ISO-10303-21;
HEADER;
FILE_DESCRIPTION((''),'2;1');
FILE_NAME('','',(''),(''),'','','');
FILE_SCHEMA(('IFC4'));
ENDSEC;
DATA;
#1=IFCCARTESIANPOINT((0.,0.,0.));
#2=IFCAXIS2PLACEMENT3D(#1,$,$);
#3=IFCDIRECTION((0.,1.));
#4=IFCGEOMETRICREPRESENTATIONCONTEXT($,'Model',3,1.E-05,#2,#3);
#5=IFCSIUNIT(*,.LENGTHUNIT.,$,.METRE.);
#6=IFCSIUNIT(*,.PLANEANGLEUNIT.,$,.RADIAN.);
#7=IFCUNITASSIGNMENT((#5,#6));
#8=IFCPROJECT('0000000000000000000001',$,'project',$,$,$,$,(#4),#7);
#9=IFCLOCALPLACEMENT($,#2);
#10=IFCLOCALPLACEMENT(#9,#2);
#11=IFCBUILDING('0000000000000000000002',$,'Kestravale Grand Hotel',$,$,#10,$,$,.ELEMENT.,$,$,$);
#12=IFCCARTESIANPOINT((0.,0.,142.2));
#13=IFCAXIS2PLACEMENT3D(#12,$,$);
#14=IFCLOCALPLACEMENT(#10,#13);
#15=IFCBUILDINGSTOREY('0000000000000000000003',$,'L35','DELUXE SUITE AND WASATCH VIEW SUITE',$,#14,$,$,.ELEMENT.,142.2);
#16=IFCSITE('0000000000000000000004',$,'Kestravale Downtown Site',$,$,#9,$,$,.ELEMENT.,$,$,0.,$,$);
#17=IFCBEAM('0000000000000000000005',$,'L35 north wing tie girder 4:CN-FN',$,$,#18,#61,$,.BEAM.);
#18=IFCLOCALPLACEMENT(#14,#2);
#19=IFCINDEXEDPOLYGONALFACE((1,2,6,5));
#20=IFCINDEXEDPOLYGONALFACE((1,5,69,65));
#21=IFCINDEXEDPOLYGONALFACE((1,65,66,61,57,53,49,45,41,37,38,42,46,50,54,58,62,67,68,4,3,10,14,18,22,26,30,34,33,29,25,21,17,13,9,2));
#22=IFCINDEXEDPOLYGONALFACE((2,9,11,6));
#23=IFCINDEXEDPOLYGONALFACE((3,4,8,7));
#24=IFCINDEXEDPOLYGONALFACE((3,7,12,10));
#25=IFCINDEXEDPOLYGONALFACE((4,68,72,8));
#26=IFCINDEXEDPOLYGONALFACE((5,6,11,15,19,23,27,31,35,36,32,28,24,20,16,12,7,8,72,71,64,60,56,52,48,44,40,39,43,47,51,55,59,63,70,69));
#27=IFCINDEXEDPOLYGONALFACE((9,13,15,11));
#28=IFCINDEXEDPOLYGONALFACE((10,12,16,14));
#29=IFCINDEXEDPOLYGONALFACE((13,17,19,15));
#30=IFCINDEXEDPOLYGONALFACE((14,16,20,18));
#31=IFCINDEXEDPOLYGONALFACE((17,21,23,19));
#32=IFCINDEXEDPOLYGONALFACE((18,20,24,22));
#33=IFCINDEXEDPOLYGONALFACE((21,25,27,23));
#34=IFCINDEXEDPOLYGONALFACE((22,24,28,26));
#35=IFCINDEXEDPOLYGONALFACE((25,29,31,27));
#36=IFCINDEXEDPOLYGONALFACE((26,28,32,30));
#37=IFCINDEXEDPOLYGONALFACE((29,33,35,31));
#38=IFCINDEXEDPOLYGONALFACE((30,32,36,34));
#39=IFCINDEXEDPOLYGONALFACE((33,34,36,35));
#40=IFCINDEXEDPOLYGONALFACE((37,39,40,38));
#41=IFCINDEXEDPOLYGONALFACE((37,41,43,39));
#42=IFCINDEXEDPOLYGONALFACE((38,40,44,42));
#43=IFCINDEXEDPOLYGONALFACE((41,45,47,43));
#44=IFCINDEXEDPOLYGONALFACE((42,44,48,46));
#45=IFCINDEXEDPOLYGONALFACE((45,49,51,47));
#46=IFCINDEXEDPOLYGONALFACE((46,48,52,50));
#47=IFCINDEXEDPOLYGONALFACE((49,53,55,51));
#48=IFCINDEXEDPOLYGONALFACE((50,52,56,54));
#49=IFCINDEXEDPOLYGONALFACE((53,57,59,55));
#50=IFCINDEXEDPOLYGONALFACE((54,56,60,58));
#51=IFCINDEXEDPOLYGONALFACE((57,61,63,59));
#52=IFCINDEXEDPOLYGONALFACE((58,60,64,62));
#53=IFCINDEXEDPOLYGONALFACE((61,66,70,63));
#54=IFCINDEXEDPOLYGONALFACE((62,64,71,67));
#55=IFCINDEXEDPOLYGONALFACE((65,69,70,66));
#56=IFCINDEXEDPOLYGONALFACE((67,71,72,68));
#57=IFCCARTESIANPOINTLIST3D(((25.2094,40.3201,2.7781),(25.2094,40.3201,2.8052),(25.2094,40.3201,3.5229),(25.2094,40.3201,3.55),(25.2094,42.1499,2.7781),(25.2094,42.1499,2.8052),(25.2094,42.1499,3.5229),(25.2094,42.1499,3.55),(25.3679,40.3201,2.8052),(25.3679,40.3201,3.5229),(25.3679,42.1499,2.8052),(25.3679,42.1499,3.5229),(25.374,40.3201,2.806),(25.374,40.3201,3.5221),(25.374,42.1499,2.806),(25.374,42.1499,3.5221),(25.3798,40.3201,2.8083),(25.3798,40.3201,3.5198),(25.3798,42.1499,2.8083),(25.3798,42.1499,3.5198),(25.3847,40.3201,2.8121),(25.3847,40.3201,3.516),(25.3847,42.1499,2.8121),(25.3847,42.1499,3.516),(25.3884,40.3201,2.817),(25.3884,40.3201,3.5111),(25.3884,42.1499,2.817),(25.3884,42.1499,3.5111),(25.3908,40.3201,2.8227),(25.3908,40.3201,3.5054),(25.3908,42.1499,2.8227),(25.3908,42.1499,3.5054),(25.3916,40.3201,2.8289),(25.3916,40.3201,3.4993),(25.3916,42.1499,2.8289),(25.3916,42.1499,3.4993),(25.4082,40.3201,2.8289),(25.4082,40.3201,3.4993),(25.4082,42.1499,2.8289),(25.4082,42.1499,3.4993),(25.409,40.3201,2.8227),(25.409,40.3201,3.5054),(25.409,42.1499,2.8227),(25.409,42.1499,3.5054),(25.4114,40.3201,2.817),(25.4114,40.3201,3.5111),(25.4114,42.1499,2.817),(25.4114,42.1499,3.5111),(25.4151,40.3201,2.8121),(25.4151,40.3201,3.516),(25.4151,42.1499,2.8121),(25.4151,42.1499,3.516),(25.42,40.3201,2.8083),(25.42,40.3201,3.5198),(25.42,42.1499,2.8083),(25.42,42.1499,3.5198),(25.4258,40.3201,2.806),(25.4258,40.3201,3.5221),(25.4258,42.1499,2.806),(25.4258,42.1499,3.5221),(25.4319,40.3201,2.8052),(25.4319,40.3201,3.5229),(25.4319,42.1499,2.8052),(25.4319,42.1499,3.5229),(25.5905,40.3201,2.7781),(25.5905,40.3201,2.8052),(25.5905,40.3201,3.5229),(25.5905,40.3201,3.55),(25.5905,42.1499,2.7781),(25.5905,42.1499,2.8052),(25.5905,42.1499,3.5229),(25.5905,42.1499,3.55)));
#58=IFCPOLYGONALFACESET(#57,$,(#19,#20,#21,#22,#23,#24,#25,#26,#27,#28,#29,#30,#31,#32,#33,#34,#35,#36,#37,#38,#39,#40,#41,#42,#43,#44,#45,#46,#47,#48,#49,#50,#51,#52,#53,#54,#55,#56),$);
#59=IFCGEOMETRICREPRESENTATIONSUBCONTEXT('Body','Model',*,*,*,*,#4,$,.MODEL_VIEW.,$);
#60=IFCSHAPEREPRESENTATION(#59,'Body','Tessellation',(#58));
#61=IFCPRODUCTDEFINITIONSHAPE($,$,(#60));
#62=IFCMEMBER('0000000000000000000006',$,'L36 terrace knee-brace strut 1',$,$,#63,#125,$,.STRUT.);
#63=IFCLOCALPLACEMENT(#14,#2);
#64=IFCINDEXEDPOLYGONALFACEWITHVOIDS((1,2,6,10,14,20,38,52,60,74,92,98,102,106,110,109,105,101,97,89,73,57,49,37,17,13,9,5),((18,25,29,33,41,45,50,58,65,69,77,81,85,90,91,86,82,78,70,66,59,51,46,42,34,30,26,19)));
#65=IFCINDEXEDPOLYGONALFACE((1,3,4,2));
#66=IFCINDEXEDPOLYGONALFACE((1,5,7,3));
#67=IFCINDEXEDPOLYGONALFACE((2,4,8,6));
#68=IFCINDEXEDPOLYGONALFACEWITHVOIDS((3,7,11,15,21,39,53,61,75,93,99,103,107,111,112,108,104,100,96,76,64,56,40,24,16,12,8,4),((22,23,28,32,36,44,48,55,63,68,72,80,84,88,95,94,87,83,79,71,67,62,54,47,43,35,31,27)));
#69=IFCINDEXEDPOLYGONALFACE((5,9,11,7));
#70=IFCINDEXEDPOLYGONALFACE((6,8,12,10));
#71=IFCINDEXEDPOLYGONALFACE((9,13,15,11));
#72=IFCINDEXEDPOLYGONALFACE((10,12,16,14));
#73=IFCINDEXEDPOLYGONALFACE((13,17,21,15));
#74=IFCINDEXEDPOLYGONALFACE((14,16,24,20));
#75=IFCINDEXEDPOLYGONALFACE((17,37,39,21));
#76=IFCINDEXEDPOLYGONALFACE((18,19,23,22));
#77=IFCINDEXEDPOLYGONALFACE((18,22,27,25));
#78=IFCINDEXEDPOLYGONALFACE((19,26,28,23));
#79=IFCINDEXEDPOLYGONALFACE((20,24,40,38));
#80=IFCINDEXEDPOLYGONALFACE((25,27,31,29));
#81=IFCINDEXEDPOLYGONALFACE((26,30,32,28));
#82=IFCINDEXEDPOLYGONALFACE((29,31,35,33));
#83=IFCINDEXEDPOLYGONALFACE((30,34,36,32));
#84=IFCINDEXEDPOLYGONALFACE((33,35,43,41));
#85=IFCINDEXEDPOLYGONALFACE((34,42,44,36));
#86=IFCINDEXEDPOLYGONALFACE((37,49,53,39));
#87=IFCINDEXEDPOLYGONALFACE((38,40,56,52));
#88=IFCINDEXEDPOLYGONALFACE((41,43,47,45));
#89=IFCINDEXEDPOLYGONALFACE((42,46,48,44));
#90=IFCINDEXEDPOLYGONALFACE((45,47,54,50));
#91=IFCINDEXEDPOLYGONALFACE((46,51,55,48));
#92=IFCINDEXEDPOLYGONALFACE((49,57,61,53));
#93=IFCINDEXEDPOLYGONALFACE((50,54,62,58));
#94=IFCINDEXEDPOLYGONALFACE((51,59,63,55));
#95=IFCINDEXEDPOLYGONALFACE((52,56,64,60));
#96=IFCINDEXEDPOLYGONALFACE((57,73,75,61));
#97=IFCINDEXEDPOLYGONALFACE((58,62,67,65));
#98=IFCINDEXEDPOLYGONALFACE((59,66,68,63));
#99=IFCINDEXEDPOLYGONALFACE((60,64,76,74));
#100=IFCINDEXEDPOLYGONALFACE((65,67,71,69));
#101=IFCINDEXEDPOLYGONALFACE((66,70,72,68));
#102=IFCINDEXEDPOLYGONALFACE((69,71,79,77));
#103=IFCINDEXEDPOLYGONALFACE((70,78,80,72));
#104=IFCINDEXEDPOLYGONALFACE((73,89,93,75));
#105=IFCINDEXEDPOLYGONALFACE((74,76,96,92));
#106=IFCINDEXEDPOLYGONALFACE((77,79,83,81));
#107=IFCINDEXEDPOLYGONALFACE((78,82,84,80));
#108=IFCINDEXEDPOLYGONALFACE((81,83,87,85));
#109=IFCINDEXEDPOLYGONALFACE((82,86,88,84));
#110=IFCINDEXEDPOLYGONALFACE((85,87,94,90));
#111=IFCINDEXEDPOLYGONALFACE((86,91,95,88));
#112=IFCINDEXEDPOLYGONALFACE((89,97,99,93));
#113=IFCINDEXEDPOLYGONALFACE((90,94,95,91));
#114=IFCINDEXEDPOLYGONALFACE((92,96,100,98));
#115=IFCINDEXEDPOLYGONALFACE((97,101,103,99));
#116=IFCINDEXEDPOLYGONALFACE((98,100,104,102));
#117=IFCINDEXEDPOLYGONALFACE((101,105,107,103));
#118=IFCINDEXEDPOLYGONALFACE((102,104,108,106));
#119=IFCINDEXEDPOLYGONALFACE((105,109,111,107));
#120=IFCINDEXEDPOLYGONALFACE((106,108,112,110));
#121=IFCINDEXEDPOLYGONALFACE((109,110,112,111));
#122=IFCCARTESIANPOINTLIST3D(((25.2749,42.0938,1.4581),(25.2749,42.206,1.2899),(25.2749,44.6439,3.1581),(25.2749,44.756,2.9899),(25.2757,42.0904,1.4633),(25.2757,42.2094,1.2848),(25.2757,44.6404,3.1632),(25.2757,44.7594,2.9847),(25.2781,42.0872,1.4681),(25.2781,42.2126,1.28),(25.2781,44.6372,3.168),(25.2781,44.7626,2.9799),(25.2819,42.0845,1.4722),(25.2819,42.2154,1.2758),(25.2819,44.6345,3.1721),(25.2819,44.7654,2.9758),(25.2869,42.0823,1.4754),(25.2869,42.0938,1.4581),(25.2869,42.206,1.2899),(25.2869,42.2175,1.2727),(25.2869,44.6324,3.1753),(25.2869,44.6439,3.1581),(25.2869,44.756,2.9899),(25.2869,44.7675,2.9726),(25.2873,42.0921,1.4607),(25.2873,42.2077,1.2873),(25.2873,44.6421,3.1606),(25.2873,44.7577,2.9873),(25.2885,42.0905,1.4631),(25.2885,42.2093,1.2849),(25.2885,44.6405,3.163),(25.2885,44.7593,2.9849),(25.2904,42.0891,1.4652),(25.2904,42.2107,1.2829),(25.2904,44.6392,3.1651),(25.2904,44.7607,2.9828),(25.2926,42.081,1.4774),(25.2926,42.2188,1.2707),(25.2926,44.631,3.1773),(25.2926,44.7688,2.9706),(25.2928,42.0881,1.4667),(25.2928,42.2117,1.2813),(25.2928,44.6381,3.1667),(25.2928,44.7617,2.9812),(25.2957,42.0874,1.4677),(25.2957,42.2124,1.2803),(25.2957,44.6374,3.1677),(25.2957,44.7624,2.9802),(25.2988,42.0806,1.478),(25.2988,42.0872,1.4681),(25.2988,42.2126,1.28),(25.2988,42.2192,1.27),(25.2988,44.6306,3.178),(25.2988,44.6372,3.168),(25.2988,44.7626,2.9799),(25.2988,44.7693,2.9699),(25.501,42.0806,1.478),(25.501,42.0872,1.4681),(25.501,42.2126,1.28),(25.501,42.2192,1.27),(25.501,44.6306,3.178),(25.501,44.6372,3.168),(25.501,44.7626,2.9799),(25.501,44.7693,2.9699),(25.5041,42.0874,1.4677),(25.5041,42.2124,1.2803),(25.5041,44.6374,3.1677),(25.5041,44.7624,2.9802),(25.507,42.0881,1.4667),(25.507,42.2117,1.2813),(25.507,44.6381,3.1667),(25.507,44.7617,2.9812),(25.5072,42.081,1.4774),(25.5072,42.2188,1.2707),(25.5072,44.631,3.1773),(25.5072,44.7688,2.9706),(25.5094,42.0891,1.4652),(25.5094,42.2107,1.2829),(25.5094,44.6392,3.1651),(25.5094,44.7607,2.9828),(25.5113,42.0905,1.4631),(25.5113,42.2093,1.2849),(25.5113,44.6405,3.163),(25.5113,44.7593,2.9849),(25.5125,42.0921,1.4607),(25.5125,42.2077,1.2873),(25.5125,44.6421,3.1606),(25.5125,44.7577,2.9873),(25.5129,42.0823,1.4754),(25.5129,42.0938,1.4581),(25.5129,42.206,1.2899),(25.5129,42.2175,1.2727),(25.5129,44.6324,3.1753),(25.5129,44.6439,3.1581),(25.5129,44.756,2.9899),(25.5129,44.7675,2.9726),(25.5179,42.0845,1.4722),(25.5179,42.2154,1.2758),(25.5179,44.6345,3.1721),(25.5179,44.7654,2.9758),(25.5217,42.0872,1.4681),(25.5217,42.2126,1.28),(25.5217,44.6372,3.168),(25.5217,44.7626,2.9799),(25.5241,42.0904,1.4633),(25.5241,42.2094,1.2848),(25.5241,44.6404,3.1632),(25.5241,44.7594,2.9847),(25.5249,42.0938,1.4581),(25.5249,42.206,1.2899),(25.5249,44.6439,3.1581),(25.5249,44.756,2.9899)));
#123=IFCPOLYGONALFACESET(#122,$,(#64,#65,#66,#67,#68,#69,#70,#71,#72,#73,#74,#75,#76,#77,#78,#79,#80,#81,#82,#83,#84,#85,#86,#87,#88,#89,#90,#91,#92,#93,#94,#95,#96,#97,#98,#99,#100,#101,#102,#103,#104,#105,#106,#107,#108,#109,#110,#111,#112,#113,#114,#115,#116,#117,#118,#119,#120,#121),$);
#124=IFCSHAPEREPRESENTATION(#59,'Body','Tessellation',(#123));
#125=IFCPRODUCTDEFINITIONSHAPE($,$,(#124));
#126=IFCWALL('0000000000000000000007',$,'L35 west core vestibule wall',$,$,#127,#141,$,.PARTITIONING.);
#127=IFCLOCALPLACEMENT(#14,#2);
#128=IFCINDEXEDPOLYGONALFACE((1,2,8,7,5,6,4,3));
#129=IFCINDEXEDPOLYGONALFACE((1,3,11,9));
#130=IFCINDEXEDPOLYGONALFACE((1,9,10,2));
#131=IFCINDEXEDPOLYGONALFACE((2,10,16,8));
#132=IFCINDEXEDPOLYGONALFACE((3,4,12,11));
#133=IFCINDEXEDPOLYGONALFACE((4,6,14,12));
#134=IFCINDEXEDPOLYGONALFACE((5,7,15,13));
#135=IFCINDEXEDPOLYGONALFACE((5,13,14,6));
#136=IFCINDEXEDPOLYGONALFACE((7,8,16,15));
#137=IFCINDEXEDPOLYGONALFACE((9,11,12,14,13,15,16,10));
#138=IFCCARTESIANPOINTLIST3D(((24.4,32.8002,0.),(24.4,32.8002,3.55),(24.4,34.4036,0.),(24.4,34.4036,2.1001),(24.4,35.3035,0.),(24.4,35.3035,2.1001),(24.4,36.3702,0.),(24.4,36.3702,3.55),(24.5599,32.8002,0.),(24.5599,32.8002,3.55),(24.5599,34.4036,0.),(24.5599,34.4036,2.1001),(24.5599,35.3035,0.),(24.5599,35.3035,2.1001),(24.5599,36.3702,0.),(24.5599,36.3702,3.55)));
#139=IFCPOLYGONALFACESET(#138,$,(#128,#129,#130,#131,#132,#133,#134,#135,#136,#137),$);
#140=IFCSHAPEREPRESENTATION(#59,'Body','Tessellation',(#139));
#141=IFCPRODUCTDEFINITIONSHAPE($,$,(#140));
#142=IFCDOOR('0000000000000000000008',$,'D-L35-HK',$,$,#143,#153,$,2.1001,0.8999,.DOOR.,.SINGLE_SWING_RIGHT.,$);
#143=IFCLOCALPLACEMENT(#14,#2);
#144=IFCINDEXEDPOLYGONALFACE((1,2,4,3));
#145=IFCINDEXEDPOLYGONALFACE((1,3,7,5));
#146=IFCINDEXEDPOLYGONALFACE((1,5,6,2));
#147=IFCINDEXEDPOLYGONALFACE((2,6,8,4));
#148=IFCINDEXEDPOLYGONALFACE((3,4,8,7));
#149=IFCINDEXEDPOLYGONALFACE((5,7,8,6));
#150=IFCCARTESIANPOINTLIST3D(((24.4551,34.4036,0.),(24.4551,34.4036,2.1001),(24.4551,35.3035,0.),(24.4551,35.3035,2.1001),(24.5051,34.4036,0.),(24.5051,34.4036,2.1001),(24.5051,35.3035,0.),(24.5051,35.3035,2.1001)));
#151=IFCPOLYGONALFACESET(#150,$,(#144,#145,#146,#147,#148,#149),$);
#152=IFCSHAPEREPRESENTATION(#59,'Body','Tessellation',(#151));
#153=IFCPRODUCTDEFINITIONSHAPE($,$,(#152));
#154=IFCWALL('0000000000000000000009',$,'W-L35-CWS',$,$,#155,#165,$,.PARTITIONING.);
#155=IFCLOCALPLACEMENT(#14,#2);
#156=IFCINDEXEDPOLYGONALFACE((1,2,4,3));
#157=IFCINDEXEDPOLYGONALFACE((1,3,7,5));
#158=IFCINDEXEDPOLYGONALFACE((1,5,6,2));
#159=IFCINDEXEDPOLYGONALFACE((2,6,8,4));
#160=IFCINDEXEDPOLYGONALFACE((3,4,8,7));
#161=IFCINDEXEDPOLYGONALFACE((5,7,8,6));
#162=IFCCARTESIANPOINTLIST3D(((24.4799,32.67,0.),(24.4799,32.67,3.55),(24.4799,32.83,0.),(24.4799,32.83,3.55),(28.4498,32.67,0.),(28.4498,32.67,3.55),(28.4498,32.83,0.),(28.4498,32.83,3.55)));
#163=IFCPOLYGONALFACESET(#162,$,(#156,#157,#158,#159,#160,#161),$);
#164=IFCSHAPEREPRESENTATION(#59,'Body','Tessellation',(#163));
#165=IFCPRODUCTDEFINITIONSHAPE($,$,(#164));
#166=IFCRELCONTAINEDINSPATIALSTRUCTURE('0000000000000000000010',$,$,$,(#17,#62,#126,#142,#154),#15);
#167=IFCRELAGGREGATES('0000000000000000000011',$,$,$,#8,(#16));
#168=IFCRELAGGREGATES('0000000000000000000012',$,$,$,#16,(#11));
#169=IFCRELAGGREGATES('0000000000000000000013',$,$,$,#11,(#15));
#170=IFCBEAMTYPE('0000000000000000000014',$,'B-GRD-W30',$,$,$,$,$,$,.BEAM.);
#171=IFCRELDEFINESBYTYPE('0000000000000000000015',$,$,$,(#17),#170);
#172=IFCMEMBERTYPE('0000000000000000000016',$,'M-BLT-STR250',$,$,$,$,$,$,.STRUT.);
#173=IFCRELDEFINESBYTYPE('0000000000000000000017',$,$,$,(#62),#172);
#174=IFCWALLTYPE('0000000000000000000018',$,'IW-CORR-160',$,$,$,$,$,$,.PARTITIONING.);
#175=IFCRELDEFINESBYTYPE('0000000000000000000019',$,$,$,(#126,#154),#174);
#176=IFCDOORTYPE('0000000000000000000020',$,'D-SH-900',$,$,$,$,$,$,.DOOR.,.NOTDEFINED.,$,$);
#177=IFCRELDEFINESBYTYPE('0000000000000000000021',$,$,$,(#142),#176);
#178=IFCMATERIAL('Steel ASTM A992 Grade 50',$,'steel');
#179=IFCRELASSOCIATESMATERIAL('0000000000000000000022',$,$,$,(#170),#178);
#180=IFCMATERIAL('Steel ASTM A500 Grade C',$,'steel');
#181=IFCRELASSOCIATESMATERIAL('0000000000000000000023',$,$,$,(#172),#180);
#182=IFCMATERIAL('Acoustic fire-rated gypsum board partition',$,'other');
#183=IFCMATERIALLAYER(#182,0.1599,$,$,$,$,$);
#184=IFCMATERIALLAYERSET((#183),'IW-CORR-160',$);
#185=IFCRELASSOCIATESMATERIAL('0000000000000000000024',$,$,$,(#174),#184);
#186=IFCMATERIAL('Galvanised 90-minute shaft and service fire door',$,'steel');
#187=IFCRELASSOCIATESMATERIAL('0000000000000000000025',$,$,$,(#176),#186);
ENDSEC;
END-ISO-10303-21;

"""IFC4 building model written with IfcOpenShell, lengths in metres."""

from ifc_helpers import new_model, si_unit, direction, frame, frame_2d, origin, origin_2d, place, context, subcontext, project, spatial, rectangle, hollow_rectangle, i_section, extrude, material, layer, layer_set, material_profile, profile_set, type_object, element, fill, save


model = new_model("IFC4")

# Units and contexts
model_context = context("Model", 3, precision=1e-05, world=origin(), true_north=direction((0.0, 1.0)))
body_context = subcontext(model_context, "Body", "Model", "MODEL_VIEW")
ifc_project = project(units=[si_unit("LENGTHUNIT", "METRE"), si_unit("PLANEANGLEUNIT", "RADIAN")], contexts=[model_context])

# Site, building, storey
site_placement = place(None, origin())
site = spatial("IfcSite", under=ifc_project, at=site_placement, Name="Kestravale Downtown Site", CompositionType="ELEMENT", RefElevation=0.0)
building_placement = place(site_placement, origin())
building = spatial("IfcBuilding", under=site, at=building_placement, Name="Kestravale Grand Hotel", CompositionType="ELEMENT")
storey_placement = place(building_placement, frame((0.0, 0.0, 142.2)))
storey = spatial("IfcBuildingStorey", under=building, at=storey_placement, Name="L35", Description="DELUXE SUITE AND WASATCH VIEW SUITE", CompositionType="ELEMENT", Elevation=142.2)

# Beam
ifc_material_1 = material(Name="Steel ASTM A992 Grade 50", Category="steel")
ifc_material_profile_1 = material_profile(ifc_material_1, i_section(OverallWidth=0.3811, OverallDepth=0.772, WebThickness=0.0166, FlangeThickness=0.0271, FilletRadius=0.0237, at=origin_2d()))
ifc_profile_set_1 = profile_set([ifc_material_profile_1], Name="Steel ASTM A992 Grade 50")
beam_type_1 = type_object("IfcBeamType", Name="B-GRD-W30", PredefinedType="BEAM", material=ifc_profile_set_1)
beam_1_placement = place(storey_placement, frame((25.3999, 40.3201, 3.1641), z_axis=(0.0, 1.0, 0.0), x_axis=(-1.0, 0.0, 0.0)))
element("IfcBeam", 1, at=beam_1_placement, inside=storey, type_object=beam_type_1, Name="L35 north wing tie girder 4:CN-FN", PredefinedType="BEAM", context=body_context, shape_type="SweptSolid", body=[
    extrude(i_section(OverallWidth=0.3811, OverallDepth=0.772, WebThickness=0.0166, FlangeThickness=0.0271, FilletRadius=0.0237, at=origin_2d()), origin(), (0.0, 0.0, 1.0), 1.8298),
])

# Member
ifc_material_2 = material(Name="Steel ASTM A500 Grade C", Category="steel")
ifc_material_profile_2 = material_profile(ifc_material_2, hollow_rectangle(XDim=0.25, YDim=0.25, WallThickness=0.012, InnerFilletRadius=0.012, OuterFilletRadius=0.0239, at=origin_2d()))
ifc_profile_set_2 = profile_set([ifc_material_profile_2], Name="Steel ASTM A500 Grade C")
member_type = type_object("IfcMemberType", Name="M-BLT-STR250", PredefinedType="STRUT", material=ifc_profile_set_2)
member_placement = place(storey_placement, frame((25.3999, 42.1499, 1.374), z_axis=(0.0, 0.832063, 0.554682), x_axis=(-1.0, 0.0, 0.0)))
element("IfcMember", 2, at=member_placement, inside=storey, type_object=member_type, Name="L36 terrace knee-brace strut 1", PredefinedType="STRUT", context=body_context, shape_type="SweptSolid", body=[
    extrude(hollow_rectangle(XDim=0.25, YDim=0.25, WallThickness=0.012, InnerFilletRadius=0.012, OuterFilletRadius=0.0239, at=origin_2d()), origin(), (0.0, 0.0, 1.0), 3.0647),
])

# Wall, opening, door
ifc_material_3 = material(Name="Acoustic fire-rated gypsum board partition", Category="other")
ifc_layer = layer(ifc_material_3, 0.1599)
ifc_layer_set = layer_set([ifc_layer], Name="IW-CORR-160")
wall_type = type_object("IfcWallType", Name="IW-CORR-160", PredefinedType="PARTITIONING", material=ifc_layer_set)
wall_1_placement = place(storey_placement, frame((24.48, 32.8, 0.0), z_axis=(0.0, 0.0, 1.0), x_axis=(0.0, 1.0, 0.0)))
wall_1 = element("IfcWall", 3, at=wall_1_placement, inside=storey, type_object=wall_type, Name="L35 west core vestibule wall", PredefinedType="PARTITIONING", context=body_context, shape_type="SweptSolid", body=[
    extrude(rectangle(XDim=3.5701, YDim=0.1599, at=frame_2d((1.7852, 0.0))), origin(), (0.0, 0.0, 1.0), 3.55),
])
opening_placement = place(wall_1_placement, frame((1.6035, 0.0, 0.0)))
opening = element("IfcOpeningElement", 4, at=opening_placement, cuts=wall_1, PredefinedType="OPENING", context=body_context, shape_type="SweptSolid", body=[
    extrude(rectangle(XDim=0.8999, YDim=2.1001, at=frame_2d((0.45, 1.05))), frame((0.0, 0.0898, 0.0), z_axis=(0.0, -1.0, 0.0), x_axis=(1.0, 0.0, 0.0)), (0.0, 0.0, 1.0), 0.1799),
])
ifc_material_4 = material(Name="Galvanised 90-minute shaft and service fire door", Category="steel")
door_type = type_object("IfcDoorType", Name="D-SH-900", OperationType="NOTDEFINED", PredefinedType="DOOR", material=ifc_material_4)
door_placement = place(opening_placement, origin())
door = element("IfcDoor", 5, at=door_placement, inside=storey, type_object=door_type, Name="D-L35-HK", OperationType="SINGLE_SWING_RIGHT", OverallHeight=2.1001, OverallWidth=0.8999, PredefinedType="DOOR", context=body_context, shape_type="SweptSolid", body=[
    extrude(rectangle(XDim=0.8999, YDim=2.1001, at=frame_2d((0.45, 1.05))), frame((0.0, 0.0249, 0.0), z_axis=(0.0, -1.0, 0.0), x_axis=(1.0, 0.0, 0.0)), (0.0, 0.0, 1.0), 0.05),
])
fill(opening, door)

# Wall
wall_2_placement = place(storey_placement, frame((24.48, 32.75, 0.0), z_axis=(0.0, 0.0, 1.0), x_axis=(1.0, 0.0, 0.0)))
element("IfcWall", 6, at=wall_2_placement, inside=storey, type_object=wall_type, Name="W-L35-CWS", PredefinedType="PARTITIONING", context=body_context, shape_type="SweptSolid", body=[
    extrude(rectangle(XDim=3.97, YDim=0.1599, at=frame_2d((1.9849, 0.0))), origin(), (0.0, 0.0, 1.0), 3.55),
])

save(model, "model.ifc")
